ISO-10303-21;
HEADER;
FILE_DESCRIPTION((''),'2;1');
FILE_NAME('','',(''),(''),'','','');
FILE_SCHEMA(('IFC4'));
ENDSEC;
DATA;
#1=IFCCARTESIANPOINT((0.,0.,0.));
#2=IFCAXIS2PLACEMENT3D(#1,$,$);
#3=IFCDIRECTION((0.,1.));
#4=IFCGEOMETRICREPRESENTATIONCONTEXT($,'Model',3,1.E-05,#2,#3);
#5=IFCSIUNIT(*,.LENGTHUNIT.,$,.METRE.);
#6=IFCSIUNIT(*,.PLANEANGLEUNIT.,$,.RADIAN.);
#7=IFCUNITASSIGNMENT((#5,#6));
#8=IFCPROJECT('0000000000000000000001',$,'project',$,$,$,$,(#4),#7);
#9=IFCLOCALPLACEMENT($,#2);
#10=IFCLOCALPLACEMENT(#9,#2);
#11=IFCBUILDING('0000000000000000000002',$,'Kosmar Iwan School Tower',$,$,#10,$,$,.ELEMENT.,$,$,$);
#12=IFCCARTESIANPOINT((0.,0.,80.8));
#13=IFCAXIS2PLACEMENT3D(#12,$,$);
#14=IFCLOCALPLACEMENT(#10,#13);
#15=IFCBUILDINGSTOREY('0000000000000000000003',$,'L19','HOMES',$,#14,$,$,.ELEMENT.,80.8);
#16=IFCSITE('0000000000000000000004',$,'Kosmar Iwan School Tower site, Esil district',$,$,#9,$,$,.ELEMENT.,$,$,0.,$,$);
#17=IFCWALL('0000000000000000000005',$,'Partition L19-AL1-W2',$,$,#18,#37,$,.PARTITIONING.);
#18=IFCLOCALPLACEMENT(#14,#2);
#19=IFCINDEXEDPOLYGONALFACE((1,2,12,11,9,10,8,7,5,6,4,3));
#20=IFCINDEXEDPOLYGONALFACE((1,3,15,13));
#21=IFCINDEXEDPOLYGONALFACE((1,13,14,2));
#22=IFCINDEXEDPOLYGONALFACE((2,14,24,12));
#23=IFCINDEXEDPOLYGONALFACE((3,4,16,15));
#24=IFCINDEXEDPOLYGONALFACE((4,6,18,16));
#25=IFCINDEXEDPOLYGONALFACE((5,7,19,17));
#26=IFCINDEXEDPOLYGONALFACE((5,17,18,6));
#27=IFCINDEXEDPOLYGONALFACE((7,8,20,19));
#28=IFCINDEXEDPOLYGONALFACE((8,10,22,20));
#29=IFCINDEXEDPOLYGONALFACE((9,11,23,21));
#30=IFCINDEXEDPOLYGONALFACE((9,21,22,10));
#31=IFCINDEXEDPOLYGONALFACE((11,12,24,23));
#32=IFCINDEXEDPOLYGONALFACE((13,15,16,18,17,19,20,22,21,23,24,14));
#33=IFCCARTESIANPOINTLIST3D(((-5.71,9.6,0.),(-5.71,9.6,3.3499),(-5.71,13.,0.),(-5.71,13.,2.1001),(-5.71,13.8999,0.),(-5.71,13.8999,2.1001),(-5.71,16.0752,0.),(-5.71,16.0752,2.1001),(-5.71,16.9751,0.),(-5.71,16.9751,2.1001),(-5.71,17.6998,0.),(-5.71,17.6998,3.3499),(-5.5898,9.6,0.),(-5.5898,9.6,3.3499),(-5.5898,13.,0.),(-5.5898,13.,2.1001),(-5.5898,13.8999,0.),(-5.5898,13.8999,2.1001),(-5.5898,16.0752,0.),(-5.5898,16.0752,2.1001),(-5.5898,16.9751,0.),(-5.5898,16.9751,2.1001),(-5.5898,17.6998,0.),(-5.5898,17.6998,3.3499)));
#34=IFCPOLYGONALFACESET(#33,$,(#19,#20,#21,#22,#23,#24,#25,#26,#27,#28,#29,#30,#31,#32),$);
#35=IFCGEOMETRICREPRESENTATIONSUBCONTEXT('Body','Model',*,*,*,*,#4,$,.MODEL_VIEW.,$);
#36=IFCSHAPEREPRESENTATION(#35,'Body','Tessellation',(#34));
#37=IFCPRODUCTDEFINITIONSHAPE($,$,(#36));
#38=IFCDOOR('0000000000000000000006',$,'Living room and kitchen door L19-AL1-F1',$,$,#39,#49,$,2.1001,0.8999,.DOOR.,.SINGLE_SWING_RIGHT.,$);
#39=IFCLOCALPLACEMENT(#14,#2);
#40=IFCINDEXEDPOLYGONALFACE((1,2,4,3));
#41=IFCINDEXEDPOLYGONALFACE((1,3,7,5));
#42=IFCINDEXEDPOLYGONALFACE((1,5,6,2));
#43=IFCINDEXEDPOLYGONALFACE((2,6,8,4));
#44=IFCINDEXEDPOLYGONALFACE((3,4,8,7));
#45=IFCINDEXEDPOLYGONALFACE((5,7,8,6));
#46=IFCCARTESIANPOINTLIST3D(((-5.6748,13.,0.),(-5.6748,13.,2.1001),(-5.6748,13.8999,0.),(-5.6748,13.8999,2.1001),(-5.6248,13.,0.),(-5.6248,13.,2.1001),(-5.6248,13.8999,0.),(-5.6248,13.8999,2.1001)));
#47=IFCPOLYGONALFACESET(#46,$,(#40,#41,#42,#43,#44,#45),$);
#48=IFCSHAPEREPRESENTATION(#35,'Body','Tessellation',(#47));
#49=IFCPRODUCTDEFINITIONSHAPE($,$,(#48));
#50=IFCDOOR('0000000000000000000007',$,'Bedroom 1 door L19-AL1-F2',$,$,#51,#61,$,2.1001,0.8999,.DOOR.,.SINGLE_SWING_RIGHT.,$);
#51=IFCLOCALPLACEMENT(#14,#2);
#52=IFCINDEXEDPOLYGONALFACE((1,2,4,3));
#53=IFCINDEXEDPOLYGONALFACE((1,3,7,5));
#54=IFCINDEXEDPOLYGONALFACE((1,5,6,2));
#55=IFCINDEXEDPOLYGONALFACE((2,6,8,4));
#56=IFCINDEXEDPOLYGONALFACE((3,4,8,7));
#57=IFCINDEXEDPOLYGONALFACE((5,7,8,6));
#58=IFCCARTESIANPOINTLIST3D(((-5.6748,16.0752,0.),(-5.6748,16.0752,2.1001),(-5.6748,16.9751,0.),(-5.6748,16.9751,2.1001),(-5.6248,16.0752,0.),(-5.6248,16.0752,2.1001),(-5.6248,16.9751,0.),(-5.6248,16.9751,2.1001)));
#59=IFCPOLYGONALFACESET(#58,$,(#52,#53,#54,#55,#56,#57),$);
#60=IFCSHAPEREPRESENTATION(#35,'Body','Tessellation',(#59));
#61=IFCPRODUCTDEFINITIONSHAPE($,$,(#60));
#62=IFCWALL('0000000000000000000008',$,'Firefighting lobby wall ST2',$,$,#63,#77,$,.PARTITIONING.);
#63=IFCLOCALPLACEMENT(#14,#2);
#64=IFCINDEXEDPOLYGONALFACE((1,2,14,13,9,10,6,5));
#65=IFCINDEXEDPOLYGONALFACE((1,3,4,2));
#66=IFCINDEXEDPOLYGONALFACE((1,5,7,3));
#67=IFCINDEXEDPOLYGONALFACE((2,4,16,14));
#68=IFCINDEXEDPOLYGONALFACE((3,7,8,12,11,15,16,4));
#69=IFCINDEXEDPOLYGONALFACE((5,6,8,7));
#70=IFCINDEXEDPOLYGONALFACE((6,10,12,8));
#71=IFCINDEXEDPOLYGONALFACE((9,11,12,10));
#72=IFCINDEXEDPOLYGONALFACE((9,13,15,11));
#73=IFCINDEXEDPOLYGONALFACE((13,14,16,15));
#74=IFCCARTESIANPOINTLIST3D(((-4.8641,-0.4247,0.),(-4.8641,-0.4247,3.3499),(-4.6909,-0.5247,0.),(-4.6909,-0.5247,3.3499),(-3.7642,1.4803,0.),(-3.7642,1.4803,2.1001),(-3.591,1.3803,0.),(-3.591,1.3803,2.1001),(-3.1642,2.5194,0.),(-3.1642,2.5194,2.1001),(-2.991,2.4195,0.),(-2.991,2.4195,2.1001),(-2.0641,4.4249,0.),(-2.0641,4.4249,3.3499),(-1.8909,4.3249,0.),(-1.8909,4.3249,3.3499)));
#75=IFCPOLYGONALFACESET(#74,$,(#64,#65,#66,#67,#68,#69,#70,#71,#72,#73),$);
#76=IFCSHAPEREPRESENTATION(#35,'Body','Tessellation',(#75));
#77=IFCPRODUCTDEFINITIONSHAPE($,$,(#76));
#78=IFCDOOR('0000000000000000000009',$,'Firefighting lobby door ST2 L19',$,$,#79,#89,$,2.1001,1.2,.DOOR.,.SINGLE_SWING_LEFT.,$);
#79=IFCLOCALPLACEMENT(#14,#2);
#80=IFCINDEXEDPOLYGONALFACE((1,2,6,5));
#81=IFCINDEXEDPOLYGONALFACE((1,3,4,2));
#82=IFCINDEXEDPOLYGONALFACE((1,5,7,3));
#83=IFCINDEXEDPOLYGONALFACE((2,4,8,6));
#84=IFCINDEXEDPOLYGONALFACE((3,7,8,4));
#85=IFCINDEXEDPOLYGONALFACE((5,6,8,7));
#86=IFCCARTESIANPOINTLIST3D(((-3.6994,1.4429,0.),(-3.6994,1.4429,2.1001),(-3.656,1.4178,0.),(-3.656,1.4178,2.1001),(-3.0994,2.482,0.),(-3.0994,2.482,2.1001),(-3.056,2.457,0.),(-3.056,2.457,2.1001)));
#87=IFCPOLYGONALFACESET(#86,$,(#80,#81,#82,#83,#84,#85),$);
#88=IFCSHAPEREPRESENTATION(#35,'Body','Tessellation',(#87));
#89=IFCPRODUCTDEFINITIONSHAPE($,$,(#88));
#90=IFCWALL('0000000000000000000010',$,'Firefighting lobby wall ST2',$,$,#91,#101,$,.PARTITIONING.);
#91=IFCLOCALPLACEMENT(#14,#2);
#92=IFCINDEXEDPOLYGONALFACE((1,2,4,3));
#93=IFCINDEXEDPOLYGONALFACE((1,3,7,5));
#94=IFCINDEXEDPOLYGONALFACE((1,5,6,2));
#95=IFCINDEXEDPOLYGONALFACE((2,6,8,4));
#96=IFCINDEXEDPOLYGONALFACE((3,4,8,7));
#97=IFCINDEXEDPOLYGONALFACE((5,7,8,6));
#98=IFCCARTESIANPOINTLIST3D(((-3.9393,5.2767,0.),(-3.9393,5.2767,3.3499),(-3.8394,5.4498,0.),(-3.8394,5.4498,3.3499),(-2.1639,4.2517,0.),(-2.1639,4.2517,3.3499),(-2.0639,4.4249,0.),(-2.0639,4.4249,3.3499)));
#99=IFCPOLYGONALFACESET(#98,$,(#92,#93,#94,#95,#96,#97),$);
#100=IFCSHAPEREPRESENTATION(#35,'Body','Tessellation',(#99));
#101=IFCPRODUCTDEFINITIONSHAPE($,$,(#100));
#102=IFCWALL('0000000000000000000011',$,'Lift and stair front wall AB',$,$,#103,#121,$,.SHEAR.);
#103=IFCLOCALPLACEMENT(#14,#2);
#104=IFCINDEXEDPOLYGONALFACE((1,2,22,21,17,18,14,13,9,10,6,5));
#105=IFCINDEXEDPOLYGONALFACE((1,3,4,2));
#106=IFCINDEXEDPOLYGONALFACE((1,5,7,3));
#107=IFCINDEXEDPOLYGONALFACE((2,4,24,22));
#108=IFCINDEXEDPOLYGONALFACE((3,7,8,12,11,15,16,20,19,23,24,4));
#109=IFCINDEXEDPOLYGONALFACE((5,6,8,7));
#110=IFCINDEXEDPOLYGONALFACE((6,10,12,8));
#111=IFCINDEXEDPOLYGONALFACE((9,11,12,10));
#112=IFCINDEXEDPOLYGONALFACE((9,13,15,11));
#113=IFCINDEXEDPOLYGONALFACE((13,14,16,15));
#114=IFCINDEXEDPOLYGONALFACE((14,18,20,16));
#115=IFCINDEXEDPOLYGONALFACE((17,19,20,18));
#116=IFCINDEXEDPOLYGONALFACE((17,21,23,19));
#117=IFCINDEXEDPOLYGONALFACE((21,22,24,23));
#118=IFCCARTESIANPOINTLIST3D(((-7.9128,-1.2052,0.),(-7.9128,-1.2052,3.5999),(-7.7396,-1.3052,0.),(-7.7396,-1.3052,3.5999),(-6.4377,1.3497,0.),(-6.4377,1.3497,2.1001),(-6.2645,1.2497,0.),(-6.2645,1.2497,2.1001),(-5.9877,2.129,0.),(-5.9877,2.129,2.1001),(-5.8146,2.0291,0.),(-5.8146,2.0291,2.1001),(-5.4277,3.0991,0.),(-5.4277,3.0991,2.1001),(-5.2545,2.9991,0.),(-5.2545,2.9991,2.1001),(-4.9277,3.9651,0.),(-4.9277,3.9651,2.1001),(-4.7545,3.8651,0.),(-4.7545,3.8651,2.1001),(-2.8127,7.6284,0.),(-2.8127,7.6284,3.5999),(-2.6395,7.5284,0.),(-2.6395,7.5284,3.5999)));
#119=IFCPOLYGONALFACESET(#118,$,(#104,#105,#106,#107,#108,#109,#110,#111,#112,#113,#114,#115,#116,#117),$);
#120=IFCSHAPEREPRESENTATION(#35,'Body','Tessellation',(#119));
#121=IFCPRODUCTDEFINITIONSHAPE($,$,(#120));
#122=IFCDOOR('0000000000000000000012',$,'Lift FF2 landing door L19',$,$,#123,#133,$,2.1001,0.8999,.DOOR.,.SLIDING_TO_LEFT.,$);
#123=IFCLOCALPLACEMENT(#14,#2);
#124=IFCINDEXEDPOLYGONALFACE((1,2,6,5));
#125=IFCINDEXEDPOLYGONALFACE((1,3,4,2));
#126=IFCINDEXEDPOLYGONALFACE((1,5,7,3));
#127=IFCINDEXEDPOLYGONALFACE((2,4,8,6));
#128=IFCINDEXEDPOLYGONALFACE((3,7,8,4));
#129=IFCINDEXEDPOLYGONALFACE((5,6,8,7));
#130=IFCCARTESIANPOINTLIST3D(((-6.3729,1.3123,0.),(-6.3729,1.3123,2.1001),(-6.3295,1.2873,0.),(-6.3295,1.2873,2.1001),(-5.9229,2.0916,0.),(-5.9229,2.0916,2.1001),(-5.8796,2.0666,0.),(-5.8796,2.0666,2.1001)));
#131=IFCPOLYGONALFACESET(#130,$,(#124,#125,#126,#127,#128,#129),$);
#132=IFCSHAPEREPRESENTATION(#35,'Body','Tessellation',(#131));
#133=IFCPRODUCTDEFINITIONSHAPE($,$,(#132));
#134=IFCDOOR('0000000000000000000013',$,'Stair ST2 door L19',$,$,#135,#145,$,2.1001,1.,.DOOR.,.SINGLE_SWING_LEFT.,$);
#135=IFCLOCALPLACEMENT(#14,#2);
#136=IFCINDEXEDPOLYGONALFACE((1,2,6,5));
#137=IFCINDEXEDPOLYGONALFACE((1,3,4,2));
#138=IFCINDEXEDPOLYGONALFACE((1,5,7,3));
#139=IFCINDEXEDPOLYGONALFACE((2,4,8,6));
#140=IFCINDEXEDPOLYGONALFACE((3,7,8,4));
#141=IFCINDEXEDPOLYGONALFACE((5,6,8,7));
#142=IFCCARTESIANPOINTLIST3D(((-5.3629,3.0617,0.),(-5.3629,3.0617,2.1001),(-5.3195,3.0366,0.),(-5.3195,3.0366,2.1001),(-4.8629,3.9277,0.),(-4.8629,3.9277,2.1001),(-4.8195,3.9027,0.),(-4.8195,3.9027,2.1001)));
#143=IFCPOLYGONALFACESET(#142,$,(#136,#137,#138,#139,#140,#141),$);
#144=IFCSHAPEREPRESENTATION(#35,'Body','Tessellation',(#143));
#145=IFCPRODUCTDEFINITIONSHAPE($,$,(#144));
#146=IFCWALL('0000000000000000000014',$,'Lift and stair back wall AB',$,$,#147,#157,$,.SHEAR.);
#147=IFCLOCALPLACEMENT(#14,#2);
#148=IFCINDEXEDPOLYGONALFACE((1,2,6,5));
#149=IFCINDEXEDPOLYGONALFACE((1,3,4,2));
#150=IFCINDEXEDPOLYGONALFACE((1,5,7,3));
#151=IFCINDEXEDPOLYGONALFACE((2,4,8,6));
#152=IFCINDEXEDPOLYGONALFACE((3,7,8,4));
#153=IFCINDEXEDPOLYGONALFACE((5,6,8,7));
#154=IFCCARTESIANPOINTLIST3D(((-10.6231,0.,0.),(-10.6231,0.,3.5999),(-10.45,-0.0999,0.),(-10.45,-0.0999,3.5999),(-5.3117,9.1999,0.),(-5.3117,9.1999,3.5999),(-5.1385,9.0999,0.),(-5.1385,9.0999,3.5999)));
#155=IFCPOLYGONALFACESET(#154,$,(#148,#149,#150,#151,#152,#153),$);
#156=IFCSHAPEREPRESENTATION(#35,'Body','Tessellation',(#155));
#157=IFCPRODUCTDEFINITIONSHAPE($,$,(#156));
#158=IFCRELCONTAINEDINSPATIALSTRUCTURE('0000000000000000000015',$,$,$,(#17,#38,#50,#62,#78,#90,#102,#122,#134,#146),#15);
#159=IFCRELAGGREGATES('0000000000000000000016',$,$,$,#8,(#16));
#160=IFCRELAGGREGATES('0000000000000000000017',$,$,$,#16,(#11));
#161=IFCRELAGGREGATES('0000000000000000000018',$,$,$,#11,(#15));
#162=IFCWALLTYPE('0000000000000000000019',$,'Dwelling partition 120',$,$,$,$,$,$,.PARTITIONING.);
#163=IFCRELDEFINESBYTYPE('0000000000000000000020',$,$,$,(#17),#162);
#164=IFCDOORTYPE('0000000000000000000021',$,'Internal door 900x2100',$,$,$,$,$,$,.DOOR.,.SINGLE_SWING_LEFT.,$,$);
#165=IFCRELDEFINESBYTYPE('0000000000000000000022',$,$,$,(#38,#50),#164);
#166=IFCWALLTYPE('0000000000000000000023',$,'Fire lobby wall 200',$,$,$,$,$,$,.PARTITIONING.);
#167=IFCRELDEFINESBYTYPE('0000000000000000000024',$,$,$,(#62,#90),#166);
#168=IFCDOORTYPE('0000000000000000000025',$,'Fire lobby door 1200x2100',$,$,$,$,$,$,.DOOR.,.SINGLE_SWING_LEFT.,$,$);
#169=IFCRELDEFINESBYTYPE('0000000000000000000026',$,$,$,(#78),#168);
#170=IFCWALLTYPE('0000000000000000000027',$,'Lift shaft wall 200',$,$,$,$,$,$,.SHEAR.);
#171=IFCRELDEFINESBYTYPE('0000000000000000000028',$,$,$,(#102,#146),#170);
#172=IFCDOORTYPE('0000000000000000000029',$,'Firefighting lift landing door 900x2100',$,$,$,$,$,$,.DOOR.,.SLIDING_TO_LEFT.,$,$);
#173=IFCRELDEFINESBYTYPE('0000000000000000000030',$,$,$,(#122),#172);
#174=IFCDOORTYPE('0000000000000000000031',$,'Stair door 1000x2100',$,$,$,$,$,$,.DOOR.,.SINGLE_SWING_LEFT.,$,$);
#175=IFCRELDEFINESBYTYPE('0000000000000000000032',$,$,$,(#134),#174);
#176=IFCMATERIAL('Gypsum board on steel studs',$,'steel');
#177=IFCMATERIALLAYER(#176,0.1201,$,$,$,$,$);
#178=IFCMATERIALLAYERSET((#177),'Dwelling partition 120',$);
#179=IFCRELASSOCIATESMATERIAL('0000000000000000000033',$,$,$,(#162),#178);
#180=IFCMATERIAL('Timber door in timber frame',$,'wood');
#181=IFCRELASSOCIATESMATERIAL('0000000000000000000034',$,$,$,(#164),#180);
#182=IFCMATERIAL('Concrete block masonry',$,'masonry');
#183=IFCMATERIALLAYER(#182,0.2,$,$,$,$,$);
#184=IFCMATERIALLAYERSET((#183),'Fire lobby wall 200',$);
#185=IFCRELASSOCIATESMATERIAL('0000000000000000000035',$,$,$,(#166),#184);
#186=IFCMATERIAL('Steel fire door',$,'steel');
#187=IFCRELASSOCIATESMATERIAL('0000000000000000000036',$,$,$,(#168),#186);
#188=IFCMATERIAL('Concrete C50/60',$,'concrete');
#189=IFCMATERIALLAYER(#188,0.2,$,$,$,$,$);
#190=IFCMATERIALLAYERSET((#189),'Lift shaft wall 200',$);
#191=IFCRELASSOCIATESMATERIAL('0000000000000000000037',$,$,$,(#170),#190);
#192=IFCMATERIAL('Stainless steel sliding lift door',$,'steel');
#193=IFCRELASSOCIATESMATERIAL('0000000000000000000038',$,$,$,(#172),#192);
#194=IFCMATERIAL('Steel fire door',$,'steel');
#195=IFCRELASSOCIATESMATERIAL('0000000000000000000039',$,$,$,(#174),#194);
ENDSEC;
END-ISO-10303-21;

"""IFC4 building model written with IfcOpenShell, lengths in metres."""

from ifc_helpers import new_model, si_unit, direction, frame, frame_2d, origin, place, context, subcontext, project, spatial, rectangle, extrude, material, layer, layer_set, type_object, element, fill, save


model = new_model("IFC4")

# Units and contexts
model_context = context("Model", 3, precision=1e-05, world=origin(), true_north=direction((0.0, 1.0)))
body_context = subcontext(model_context, "Body", "Model", "MODEL_VIEW")
ifc_project = project(units=[si_unit("LENGTHUNIT", "METRE"), si_unit("PLANEANGLEUNIT", "RADIAN")], contexts=[model_context])

# Site, building, storey
site_placement = place(None, origin())
site = spatial("IfcSite", under=ifc_project, at=site_placement, Name="Kosmar Iwan School Tower site, Esil district", CompositionType="ELEMENT", RefElevation=0.0)
building_placement = place(site_placement, origin())
building = spatial("IfcBuilding", under=site, at=building_placement, Name="Kosmar Iwan School Tower", CompositionType="ELEMENT")
storey_placement = place(building_placement, frame((0.0, 0.0, 80.8)))
storey = spatial("IfcBuildingStorey", under=building, at=storey_placement, Name="L19", Description="HOMES", CompositionType="ELEMENT", Elevation=80.8)

# Wall, openings, doors
ifc_material_1 = material(Name="Gypsum board on steel studs", Category="steel")
ifc_layer_1 = layer(ifc_material_1, 0.1201)
ifc_layer_set_1 = layer_set([ifc_layer_1], Name="Dwelling partition 120")
wall_type_1 = type_object("IfcWallType", Name="Dwelling partition 120", PredefinedType="PARTITIONING", material=ifc_layer_set_1)
ifc_material_2 = material(Name="Timber door in timber frame", Category="wood")
door_type_1 = type_object("IfcDoorType", Name="Internal door 900x2100", OperationType="SINGLE_SWING_LEFT", PredefinedType="DOOR", material=ifc_material_2)
wall_1_placement = place(storey_placement, frame((-5.6499, 9.6001, 0.0), z_axis=(0.0, 0.0, 1.0), x_axis=(0.0, 1.0, 0.0)))
wall_1 = element("IfcWall", 1, at=wall_1_placement, inside=storey, type_object=wall_type_1, Name="Partition L19-AL1-W2", PredefinedType="PARTITIONING", context=body_context, shape_type="SweptSolid", body=[
    extrude(rectangle(XDim=8.0999, YDim=0.1201, at=frame_2d((4.0498, 0.0))), origin(), (0.0, 0.0, 1.0), 3.3499),
])
opening_1_placement = place(wall_1_placement, frame((3.3999, 0.0, 0.0)))
opening_1 = element("IfcOpeningElement", 2, at=opening_1_placement, cuts=wall_1, PredefinedType="OPENING", context=body_context, shape_type="SweptSolid", body=[
    extrude(rectangle(XDim=0.8999, YDim=2.1001, at=frame_2d((0.45, 1.05))), frame((0.0, 0.072, 0.0), z_axis=(0.0, -1.0, 0.0), x_axis=(1.0, 0.0, 0.0)), (0.0, 0.0, 1.0), 0.144),
])
opening_2_placement = place(wall_1_placement, frame((6.4751, 0.0, 0.0)))
opening_2 = element("IfcOpeningElement", 3, at=opening_2_placement, cuts=wall_1, PredefinedType="OPENING", context=body_context, shape_type="SweptSolid", body=[
    extrude(rectangle(XDim=0.8999, YDim=2.1001, at=frame_2d((0.45, 1.05))), frame((0.0, 0.072, 0.0), z_axis=(0.0, -1.0, 0.0), x_axis=(1.0, 0.0, 0.0)), (0.0, 0.0, 1.0), 0.144),
])
door_1_placement = place(opening_1_placement, origin())
door_1 = element("IfcDoor", 4, at=door_1_placement, inside=storey, type_object=door_type_1, Name="Living room and kitchen door L19-AL1-F1", OperationType="SINGLE_SWING_RIGHT", OverallHeight=2.1001, OverallWidth=0.8999, PredefinedType="DOOR", context=body_context, shape_type="SweptSolid", body=[
    extrude(rectangle(XDim=0.8999, YDim=2.1001, at=frame_2d((0.45, 1.05))), frame((0.0, 0.0249, 0.0), z_axis=(0.0, -1.0, 0.0), x_axis=(1.0, 0.0, 0.0)), (0.0, 0.0, 1.0), 0.05),
])
fill(opening_1, door_1)
door_2_placement = place(opening_2_placement, origin())
door_2 = element("IfcDoor", 5, at=door_2_placement, inside=storey, type_object=door_type_1, Name="Bedroom 1 door L19-AL1-F2", OperationType="SINGLE_SWING_RIGHT", OverallHeight=2.1001, OverallWidth=0.8999, PredefinedType="DOOR", context=body_context, shape_type="SweptSolid", body=[
    extrude(rectangle(XDim=0.8999, YDim=2.1001, at=frame_2d((0.45, 1.05))), frame((0.0, 0.0249, 0.0), z_axis=(0.0, -1.0, 0.0), x_axis=(1.0, 0.0, 0.0)), (0.0, 0.0, 1.0), 0.05),
])
fill(opening_2, door_2)

# Wall, opening, door
ifc_material_3 = material(Name="Concrete block masonry", Category="masonry")
ifc_layer_2 = layer(ifc_material_3, 0.2)
ifc_layer_set_2 = layer_set([ifc_layer_2], Name="Fire lobby wall 200")
wall_type_2 = type_object("IfcWallType", Name="Fire lobby wall 200", PredefinedType="PARTITIONING", material=ifc_layer_set_2)
wall_2_placement = place(storey_placement, frame((-1.9775, 4.3748, 0.0), z_axis=(0.0, 0.0, 1.0), x_axis=(-0.500017, -0.866016, 0.0)))
wall_2 = element("IfcWall", 6, at=wall_2_placement, inside=storey, type_object=wall_type_2, Name="Firefighting lobby wall ST2", PredefinedType="PARTITIONING", context=body_context, shape_type="SweptSolid", body=[
    extrude(rectangle(XDim=5.5999, YDim=0.2, at=frame_2d((2.7998, 0.0))), origin(), (0.0, 0.0, 1.0), 3.3499),
])
opening_3_placement = place(wall_2_placement, frame((2.2, 0.0, 0.0)))
opening_3 = element("IfcOpeningElement", 7, at=opening_3_placement, cuts=wall_2, PredefinedType="OPENING", context=body_context, shape_type="SweptSolid", body=[
    extrude(rectangle(XDim=1.2, YDim=2.1001, at=frame_2d((0.6001, 1.05))), frame((0.0, 0.1121, 0.0), z_axis=(0.0, -1.0, 0.0), x_axis=(1.0, 0.0, 0.0)), (0.0, 0.0, 1.0), 0.2239),
])
ifc_material_4 = material(Name="Steel fire door", Category="steel")
door_type_2 = type_object("IfcDoorType", Name="Fire lobby door 1200x2100", OperationType="SINGLE_SWING_LEFT", PredefinedType="DOOR", material=ifc_material_4)
door_3_placement = place(opening_3_placement, origin())
door_3 = element("IfcDoor", 8, at=door_3_placement, inside=storey, type_object=door_type_2, Name="Firefighting lobby door ST2 L19", OperationType="SINGLE_SWING_LEFT", OverallHeight=2.1001, OverallWidth=1.2, PredefinedType="DOOR", context=body_context, shape_type="SweptSolid", body=[
    extrude(rectangle(XDim=1.2, YDim=2.1001, at=frame_2d((0.6001, 1.05))), frame((0.0, 0.0249, 0.0), z_axis=(0.0, -1.0, 0.0), x_axis=(1.0, 0.0, 0.0)), (0.0, 0.0, 1.0), 0.05),
])
fill(opening_3, door_3)

# Wall
wall_3_placement = place(storey_placement, frame((-2.114, 4.3384, 0.0), z_axis=(0.0, 0.0, 1.0), x_axis=(-0.866051, 0.499956, 0.0)))
element("IfcWall", 9, at=wall_3_placement, inside=storey, type_object=wall_type_2, Name="Firefighting lobby wall ST2", PredefinedType="PARTITIONING", context=body_context, shape_type="SweptSolid", body=[
    extrude(rectangle(XDim=2.05, YDim=0.2, at=frame_2d((1.0249, 0.0))), origin(), (0.0, 0.0, 1.0), 3.3499),
])

# Wall, openings, doors
ifc_material_5 = material(Name="Concrete C50/60", Category="concrete")
ifc_layer_3 = layer(ifc_material_5, 0.2)
ifc_layer_set_3 = layer_set([ifc_layer_3], Name="Lift shaft wall 200")
wall_type_3 = type_object("IfcWallType", Name="Lift shaft wall 200", PredefinedType="SHEAR", material=ifc_layer_set_3)
wall_4_placement = place(storey_placement, frame((-2.7261, 7.5784, 0.0), z_axis=(0.0, 0.0, 1.0), x_axis=(-0.500006, -0.866022, 0.0)))
wall_4 = element("IfcWall", 10, at=wall_4_placement, inside=storey, type_object=wall_type_3, Name="Lift and stair front wall AB", PredefinedType="SHEAR", context=body_context, shape_type="SweptSolid", body=[
    extrude(rectangle(XDim=10.2002, YDim=0.2, at=frame_2d((5.1001, 0.0))), origin(), (0.0, 0.0, 1.0), 3.5999),
])
opening_4_placement = place(wall_4_placement, frame((6.3501, 0.0, 0.0)))
opening_4 = element("IfcOpeningElement", 11, at=opening_4_placement, cuts=wall_4, PredefinedType="OPENING", context=body_context, shape_type="SweptSolid", body=[
    extrude(rectangle(XDim=0.8999, YDim=2.1001, at=frame_2d((0.45, 1.05))), frame((0.0, 0.1121, 0.0), z_axis=(0.0, -1.0, 0.0), x_axis=(1.0, 0.0, 0.0)), (0.0, 0.0, 1.0), 0.2239),
])
opening_5_placement = place(wall_4_placement, frame((4.23, 0.0, 0.0)))
opening_5 = element("IfcOpeningElement", 12, at=opening_5_placement, cuts=wall_4, PredefinedType="OPENING", context=body_context, shape_type="SweptSolid", body=[
    extrude(rectangle(XDim=1.0, YDim=2.1001, at=frame_2d((0.5, 1.05))), frame((0.0, 0.1121, 0.0), z_axis=(0.0, -1.0, 0.0), x_axis=(1.0, 0.0, 0.0)), (0.0, 0.0, 1.0), 0.2239),
])
ifc_material_6 = material(Name="Stainless steel sliding lift door", Category="steel")
door_type_3 = type_object("IfcDoorType", Name="Firefighting lift landing door 900x2100", OperationType="SLIDING_TO_LEFT", PredefinedType="DOOR", material=ifc_material_6)
door_4_placement = place(opening_4_placement, origin())
door_4 = element("IfcDoor", 13, at=door_4_placement, inside=storey, type_object=door_type_3, Name="Lift FF2 landing door L19", OperationType="SLIDING_TO_LEFT", OverallHeight=2.1001, OverallWidth=0.8999, PredefinedType="DOOR", context=body_context, shape_type="SweptSolid", body=[
    extrude(rectangle(XDim=0.8999, YDim=2.1001, at=frame_2d((0.45, 1.05))), frame((0.0, 0.0249, 0.0), z_axis=(0.0, -1.0, 0.0), x_axis=(1.0, 0.0, 0.0)), (0.0, 0.0, 1.0), 0.05),
])
fill(opening_4, door_4)
ifc_material_7 = material(Name="Steel fire door", Category="steel")
door_type_4 = type_object("IfcDoorType", Name="Stair door 1000x2100", OperationType="SINGLE_SWING_LEFT", PredefinedType="DOOR", material=ifc_material_7)
door_5_placement = place(opening_5_placement, origin())
door_5 = element("IfcDoor", 14, at=door_5_placement, inside=storey, type_object=door_type_4, Name="Stair ST2 door L19", OperationType="SINGLE_SWING_LEFT", OverallHeight=2.1001, OverallWidth=1.0, PredefinedType="DOOR", context=body_context, shape_type="SweptSolid", body=[
    extrude(rectangle(XDim=1.0, YDim=2.1001, at=frame_2d((0.5, 1.05))), frame((0.0, 0.0249, 0.0), z_axis=(0.0, -1.0, 0.0), x_axis=(1.0, 0.0, 0.0)), (0.0, 0.0, 1.0), 0.05),
])
fill(opening_5, door_5)

# Wall
wall_5_placement = place(storey_placement, frame((-5.2251, 9.1499, 0.0), z_axis=(0.0, 0.0, 1.0), x_axis=(-0.499995, -0.866028, 0.0)))
element("IfcWall", 15, at=wall_5_placement, inside=storey, type_object=wall_type_3, Name="Lift and stair back wall AB", PredefinedType="SHEAR", context=body_context, shape_type="SweptSolid", body=[
    extrude(rectangle(XDim=10.623, YDim=0.2, at=frame_2d((5.3115, 0.0))), origin(), (0.0, 0.0, 1.0), 3.5999),
])

save(model, "model.ifc")
